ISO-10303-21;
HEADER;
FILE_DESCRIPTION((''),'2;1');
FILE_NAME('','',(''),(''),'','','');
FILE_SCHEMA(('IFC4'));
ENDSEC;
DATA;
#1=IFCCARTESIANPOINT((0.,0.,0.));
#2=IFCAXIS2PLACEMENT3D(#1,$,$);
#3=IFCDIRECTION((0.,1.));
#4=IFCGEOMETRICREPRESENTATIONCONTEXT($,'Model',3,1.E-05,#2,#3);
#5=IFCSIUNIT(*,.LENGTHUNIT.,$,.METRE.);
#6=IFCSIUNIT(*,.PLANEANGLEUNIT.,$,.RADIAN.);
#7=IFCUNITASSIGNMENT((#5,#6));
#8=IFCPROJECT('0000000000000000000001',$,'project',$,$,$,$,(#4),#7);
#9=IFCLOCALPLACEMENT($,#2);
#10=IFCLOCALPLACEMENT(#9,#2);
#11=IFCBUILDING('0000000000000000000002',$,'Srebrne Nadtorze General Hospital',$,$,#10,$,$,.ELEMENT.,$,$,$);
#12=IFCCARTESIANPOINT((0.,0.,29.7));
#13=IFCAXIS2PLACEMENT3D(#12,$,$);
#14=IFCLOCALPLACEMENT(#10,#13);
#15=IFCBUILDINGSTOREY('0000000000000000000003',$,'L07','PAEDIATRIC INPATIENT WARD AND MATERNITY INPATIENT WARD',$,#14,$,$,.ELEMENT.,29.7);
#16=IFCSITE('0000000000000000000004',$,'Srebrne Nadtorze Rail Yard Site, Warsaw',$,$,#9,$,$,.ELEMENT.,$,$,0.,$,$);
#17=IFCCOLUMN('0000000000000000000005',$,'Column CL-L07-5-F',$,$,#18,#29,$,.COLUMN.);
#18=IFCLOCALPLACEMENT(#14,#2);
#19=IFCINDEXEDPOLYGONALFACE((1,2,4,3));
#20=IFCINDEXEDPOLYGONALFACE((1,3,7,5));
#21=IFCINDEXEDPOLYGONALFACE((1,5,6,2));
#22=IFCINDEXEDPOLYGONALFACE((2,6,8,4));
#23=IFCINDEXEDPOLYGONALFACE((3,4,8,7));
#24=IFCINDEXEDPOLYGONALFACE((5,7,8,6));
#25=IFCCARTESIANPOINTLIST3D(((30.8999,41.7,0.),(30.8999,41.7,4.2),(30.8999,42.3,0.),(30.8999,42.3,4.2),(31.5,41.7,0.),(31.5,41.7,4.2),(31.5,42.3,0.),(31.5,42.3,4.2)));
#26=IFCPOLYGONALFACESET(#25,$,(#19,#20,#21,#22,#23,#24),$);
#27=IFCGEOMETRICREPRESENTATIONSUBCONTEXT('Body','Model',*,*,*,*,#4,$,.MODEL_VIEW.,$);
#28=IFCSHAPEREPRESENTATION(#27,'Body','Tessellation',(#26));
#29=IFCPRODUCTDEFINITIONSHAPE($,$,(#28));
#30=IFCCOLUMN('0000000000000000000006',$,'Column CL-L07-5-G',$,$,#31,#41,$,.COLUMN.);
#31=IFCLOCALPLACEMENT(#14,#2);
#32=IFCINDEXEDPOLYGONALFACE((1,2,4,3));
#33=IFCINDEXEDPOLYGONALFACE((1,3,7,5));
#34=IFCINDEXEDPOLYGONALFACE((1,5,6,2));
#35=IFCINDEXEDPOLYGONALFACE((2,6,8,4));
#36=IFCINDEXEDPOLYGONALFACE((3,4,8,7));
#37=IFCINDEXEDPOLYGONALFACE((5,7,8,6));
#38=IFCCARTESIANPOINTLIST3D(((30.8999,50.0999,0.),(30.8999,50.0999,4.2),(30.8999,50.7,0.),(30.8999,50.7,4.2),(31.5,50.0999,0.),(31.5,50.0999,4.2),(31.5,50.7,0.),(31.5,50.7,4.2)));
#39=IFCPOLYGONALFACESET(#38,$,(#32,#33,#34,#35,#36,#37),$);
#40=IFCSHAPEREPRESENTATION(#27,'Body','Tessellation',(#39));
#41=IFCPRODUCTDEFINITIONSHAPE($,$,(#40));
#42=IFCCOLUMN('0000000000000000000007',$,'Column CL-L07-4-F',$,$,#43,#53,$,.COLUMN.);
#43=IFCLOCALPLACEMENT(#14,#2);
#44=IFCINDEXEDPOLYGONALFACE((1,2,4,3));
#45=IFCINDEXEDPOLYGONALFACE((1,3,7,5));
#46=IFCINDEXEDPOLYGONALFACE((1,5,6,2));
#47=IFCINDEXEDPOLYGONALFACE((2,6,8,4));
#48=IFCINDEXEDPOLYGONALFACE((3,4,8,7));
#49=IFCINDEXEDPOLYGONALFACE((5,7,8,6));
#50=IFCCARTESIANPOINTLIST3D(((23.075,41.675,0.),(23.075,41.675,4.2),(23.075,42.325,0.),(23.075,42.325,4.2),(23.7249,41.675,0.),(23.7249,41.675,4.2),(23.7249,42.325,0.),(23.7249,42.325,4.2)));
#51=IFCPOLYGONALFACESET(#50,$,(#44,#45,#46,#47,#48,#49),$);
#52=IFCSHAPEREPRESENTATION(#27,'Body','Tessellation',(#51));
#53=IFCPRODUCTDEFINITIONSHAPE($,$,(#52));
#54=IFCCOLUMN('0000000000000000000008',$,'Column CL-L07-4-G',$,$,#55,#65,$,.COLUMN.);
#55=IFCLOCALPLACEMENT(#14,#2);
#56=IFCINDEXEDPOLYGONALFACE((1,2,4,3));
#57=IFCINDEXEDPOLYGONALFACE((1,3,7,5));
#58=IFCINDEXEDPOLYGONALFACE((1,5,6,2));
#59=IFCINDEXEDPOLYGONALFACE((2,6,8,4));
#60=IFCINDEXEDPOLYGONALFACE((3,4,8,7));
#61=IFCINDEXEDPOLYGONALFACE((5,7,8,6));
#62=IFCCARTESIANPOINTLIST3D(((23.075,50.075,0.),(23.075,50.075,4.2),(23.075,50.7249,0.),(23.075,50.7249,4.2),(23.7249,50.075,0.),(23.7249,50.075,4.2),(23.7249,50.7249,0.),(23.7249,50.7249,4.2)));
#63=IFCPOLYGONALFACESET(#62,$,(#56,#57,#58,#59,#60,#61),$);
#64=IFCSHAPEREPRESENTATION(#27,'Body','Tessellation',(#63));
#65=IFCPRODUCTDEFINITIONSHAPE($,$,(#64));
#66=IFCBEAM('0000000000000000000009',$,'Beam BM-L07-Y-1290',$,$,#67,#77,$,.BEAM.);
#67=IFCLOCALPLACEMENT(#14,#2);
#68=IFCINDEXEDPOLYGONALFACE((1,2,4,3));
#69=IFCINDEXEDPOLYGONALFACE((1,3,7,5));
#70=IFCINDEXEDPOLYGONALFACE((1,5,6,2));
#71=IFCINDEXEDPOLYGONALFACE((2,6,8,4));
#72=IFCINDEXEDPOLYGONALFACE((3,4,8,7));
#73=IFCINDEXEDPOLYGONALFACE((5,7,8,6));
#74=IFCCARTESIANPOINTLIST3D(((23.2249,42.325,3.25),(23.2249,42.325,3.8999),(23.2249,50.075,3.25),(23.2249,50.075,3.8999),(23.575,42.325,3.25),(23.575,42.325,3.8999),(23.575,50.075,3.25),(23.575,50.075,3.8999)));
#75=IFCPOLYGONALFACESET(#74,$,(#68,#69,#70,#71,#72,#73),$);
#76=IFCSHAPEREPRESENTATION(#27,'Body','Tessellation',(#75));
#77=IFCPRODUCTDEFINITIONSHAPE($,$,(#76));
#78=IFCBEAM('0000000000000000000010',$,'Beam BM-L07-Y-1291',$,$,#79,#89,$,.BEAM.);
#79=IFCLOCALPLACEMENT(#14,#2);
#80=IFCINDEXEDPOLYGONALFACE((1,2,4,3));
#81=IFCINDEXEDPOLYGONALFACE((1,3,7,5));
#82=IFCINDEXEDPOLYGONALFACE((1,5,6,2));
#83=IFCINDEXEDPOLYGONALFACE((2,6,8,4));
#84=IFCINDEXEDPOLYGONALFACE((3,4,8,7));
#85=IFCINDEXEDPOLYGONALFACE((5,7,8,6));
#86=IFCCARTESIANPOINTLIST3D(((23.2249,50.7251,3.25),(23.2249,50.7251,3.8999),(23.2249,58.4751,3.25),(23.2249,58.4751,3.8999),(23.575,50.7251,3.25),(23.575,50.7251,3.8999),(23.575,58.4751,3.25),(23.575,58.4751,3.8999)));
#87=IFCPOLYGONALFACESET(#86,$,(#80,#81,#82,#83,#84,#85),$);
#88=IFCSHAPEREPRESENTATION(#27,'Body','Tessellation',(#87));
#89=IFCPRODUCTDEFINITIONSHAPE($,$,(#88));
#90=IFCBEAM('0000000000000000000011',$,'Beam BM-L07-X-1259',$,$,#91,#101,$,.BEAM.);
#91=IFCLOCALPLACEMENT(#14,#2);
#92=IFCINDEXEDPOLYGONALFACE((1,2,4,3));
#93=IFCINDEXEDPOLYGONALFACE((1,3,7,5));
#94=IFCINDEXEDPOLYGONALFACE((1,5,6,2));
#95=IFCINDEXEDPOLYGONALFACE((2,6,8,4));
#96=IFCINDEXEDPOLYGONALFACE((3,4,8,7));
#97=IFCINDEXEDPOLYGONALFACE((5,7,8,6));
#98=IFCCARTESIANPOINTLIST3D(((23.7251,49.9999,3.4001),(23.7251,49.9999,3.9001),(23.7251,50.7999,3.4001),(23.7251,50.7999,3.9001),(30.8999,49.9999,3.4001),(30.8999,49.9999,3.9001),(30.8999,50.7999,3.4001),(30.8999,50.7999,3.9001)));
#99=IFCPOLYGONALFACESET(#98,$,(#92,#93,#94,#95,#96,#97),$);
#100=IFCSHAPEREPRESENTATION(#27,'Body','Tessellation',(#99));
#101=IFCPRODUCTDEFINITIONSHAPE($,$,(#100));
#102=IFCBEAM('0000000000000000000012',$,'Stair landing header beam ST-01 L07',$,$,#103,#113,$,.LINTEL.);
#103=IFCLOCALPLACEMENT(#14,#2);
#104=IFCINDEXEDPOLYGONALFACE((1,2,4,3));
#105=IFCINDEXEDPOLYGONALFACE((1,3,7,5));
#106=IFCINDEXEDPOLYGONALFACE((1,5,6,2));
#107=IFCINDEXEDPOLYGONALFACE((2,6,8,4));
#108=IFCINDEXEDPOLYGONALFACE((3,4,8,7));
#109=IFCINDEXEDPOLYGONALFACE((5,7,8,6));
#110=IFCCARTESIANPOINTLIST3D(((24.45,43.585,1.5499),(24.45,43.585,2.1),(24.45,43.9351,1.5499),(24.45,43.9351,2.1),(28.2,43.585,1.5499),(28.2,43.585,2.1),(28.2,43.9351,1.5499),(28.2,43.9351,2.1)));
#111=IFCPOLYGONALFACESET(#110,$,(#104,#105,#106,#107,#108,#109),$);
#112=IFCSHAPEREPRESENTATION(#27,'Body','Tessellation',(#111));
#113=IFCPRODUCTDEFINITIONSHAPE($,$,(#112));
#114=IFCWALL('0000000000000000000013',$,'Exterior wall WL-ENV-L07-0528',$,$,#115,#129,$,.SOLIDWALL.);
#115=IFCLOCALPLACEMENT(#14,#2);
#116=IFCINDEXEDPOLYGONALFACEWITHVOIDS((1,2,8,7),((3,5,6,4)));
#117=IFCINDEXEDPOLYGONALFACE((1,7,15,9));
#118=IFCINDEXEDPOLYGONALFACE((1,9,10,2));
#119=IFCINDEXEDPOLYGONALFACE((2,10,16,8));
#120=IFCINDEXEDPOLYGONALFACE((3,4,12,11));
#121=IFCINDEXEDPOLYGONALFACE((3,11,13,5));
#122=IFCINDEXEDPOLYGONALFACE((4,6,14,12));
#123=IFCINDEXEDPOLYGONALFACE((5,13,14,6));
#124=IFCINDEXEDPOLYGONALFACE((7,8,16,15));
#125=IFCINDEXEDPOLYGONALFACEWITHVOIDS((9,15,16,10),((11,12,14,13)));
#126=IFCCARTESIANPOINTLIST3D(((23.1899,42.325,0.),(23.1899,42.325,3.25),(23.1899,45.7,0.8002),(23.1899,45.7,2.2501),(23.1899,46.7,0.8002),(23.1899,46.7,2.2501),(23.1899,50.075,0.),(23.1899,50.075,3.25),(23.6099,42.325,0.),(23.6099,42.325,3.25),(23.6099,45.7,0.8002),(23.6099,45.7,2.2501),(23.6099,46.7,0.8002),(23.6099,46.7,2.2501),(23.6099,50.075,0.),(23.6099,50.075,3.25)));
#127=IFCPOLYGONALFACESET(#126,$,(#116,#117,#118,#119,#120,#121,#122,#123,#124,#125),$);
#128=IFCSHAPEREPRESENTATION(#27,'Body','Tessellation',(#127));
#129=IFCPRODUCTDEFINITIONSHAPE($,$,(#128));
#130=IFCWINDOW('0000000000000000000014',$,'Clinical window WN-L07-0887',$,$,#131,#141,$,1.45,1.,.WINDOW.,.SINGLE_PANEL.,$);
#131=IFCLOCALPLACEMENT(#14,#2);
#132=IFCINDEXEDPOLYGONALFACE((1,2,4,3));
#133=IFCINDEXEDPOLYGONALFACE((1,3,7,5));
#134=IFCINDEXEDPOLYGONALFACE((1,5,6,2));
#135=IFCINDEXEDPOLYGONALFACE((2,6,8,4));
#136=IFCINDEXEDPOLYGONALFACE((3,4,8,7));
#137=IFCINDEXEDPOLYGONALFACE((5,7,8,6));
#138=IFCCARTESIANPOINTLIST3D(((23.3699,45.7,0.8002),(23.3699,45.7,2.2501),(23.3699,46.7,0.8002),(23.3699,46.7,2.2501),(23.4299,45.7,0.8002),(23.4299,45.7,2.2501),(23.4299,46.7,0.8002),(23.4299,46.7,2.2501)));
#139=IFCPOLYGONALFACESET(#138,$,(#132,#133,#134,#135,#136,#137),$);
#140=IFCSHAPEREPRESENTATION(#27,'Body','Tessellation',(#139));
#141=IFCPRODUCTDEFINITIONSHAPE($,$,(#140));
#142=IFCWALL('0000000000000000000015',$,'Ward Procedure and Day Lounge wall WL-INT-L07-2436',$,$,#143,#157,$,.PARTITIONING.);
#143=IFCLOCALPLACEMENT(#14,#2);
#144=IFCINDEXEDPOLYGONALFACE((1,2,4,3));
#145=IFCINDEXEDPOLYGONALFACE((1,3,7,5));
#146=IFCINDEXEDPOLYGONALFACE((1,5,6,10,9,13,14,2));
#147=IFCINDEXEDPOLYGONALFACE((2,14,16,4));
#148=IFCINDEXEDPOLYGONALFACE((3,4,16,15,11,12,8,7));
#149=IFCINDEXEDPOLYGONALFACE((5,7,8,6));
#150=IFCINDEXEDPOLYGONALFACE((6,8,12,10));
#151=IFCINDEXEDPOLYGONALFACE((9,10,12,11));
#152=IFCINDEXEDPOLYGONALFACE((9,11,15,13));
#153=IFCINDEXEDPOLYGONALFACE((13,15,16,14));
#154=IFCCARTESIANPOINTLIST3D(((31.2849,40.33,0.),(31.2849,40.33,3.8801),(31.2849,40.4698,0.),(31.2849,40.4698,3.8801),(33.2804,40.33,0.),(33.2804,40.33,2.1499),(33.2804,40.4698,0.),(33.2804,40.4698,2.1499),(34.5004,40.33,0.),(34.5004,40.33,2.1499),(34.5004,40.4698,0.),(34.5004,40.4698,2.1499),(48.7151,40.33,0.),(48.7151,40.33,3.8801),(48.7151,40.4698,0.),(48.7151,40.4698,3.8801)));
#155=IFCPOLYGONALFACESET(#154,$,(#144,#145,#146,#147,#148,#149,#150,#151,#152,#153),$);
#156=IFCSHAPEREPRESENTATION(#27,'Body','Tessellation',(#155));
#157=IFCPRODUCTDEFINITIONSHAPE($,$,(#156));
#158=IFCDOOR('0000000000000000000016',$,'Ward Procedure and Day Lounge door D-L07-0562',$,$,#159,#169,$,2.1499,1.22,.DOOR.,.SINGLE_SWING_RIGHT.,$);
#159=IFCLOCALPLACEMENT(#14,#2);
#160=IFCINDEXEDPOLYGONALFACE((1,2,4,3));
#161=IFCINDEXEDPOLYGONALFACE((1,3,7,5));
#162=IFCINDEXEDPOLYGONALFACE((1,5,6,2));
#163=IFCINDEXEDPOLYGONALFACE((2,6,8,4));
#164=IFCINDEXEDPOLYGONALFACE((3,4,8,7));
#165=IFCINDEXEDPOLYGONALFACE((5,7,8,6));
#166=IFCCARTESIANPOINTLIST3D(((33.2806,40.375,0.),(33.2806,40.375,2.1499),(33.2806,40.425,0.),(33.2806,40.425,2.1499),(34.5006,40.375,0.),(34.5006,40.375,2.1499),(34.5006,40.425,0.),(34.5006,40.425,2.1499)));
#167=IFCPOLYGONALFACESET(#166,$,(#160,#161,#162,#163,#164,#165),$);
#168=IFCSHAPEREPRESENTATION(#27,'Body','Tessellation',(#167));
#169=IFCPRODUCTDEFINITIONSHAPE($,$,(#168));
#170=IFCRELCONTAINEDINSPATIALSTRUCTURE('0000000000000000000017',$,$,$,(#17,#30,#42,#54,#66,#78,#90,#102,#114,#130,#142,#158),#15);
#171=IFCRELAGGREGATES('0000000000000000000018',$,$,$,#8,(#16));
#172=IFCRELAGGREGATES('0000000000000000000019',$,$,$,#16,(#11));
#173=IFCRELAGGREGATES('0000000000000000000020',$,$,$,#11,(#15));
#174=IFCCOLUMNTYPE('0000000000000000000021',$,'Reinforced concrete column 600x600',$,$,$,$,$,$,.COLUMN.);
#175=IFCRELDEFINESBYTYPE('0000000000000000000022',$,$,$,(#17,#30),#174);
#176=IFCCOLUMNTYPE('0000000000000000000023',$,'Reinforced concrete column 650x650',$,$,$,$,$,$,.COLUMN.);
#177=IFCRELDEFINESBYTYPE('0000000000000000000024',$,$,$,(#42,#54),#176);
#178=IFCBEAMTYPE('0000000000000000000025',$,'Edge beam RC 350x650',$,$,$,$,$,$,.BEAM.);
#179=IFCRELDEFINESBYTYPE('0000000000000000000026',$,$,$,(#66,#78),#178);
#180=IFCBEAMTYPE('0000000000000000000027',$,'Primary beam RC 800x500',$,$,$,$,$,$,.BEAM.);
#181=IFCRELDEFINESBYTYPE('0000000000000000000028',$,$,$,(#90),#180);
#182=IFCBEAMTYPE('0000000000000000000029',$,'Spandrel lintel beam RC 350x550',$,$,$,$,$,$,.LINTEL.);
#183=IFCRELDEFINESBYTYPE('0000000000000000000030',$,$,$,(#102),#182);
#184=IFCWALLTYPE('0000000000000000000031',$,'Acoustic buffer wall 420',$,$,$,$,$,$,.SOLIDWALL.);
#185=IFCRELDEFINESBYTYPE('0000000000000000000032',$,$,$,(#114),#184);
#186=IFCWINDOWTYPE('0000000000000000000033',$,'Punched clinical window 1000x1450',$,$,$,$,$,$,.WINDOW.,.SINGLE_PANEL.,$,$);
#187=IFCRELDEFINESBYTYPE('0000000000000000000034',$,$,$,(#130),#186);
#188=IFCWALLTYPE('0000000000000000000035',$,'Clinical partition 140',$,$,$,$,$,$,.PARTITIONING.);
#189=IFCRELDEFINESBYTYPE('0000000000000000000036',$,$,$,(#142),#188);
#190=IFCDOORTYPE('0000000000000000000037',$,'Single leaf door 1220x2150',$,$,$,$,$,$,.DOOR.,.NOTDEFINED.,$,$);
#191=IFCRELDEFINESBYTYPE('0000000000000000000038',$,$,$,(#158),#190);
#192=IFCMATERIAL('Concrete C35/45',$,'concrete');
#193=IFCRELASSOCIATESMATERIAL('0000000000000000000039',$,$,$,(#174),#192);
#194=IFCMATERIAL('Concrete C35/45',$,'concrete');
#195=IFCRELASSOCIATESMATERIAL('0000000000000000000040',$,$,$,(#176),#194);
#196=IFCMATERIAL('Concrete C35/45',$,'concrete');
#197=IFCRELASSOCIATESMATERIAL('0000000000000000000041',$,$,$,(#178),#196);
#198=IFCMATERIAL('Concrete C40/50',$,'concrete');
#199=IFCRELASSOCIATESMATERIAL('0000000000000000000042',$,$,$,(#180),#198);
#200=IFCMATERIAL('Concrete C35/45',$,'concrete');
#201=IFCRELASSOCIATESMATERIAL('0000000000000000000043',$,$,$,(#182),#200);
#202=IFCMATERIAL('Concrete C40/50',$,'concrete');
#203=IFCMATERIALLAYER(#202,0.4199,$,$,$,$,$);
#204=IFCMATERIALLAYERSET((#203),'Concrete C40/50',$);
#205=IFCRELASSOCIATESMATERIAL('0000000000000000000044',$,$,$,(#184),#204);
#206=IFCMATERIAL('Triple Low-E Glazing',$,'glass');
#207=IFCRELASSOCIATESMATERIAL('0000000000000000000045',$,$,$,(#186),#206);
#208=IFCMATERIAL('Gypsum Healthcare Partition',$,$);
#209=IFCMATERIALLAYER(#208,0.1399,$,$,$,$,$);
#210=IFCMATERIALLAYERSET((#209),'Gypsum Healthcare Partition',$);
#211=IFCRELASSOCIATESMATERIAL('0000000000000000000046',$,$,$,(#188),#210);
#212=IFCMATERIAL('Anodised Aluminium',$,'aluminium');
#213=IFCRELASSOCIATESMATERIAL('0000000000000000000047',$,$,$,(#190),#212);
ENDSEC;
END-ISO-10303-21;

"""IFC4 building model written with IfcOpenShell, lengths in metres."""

from ifc_helpers import new_model, si_unit, direction, frame, frame_2d, origin, origin_2d, place, context, subcontext, project, spatial, rectangle, extrude, material, layer, layer_set, material_profile, profile_set, type_object, element, fill, save


model = new_model("IFC4")

# Units and contexts
model_context = context("Model", 3, precision=1e-05, world=origin(), true_north=direction((0.0, 1.0)))
body_context = subcontext(model_context, "Body", "Model", "MODEL_VIEW")
ifc_project = project(units=[si_unit("LENGTHUNIT", "METRE"), si_unit("PLANEANGLEUNIT", "RADIAN")], contexts=[model_context])

# Site, building, storey
site_placement = place(None, origin())
site = spatial("IfcSite", under=ifc_project, at=site_placement, Name="Srebrne Nadtorze Rail Yard Site, Warsaw", CompositionType="ELEMENT", RefElevation=0.0)
building_placement = place(site_placement, origin())
building = spatial("IfcBuilding", under=site, at=building_placement, Name="Srebrne Nadtorze General Hospital", CompositionType="ELEMENT")
storey_placement = place(building_placement, frame((0.0, 0.0, 29.7)))
storey = spatial("IfcBuildingStorey", under=building, at=storey_placement, Name="L07", Description="PAEDIATRIC INPATIENT WARD AND MATERNITY INPATIENT WARD", CompositionType="ELEMENT", Elevation=29.7)

# Columns
ifc_material_1 = material(Name="Concrete C35/45", Category="concrete")
ifc_material_profile_1 = material_profile(ifc_material_1, rectangle(XDim=0.6001, YDim=0.6001, at=origin_2d()), Name="RC-COL-600x600")
ifc_profile_set_1 = profile_set([ifc_material_profile_1], Name="Concrete C35/45")
column_type_1 = type_object("IfcColumnType", Name="Reinforced concrete column 600x600", PredefinedType="COLUMN", material=ifc_profile_set_1)
for number, where, z_axis, x_axis, name in (
    (1, (31.2, 42.0, 0.0), (0.0, 0.0, 1.0), (1.0, 0.0, 0.0), "Column CL-L07-5-F"),
    (2, (31.2, 50.3999, 0.0), (0.0, 0.0, 1.0), (1.0, 0.0, 0.0), "Column CL-L07-5-G"),
):
    element("IfcColumn", number, at=place(storey_placement, frame(where, z_axis=z_axis, x_axis=x_axis)), inside=storey, type_object=column_type_1, Name=name, PredefinedType="COLUMN", context=body_context, shape_type="SweptSolid", body=[
        extrude(rectangle(XDim=0.6001, YDim=0.6001, at=origin_2d()), origin(), (0.0, 0.0, 1.0), 4.2),
    ])
ifc_material_2 = material(Name="Concrete C35/45", Category="concrete")
ifc_material_profile_2 = material_profile(ifc_material_2, rectangle(XDim=0.6499, YDim=0.6499, at=origin_2d()), Name="RC-COL-650x650")
ifc_profile_set_2 = profile_set([ifc_material_profile_2], Name="Concrete C35/45")
column_type_2 = type_object("IfcColumnType", Name="Reinforced concrete column 650x650", PredefinedType="COLUMN", material=ifc_profile_set_2)
for number, where, z_axis, x_axis, name in (
    (3, (23.3999, 42.0, 0.0), (0.0, 0.0, 1.0), (1.0, 0.0, 0.0), "Column CL-L07-4-F"),
    (4, (23.3999, 50.3999, 0.0), (0.0, 0.0, 1.0), (1.0, 0.0, 0.0), "Column CL-L07-4-G"),
):
    element("IfcColumn", number, at=place(storey_placement, frame(where, z_axis=z_axis, x_axis=x_axis)), inside=storey, type_object=column_type_2, Name=name, PredefinedType="COLUMN", context=body_context, shape_type="SweptSolid", body=[
        extrude(rectangle(XDim=0.6499, YDim=0.6499, at=origin_2d()), origin(), (0.0, 0.0, 1.0), 4.2),
    ])

# Beams
ifc_material_3 = material(Name="Concrete C35/45", Category="concrete")
ifc_material_profile_3 = material_profile(ifc_material_3, rectangle(XDim=0.3501, YDim=0.6499, at=origin_2d()), Name="RC-BM-350x650")
ifc_profile_set_3 = profile_set([ifc_material_profile_3], Name="Concrete C35/45")
beam_type_1 = type_object("IfcBeamType", Name="Edge beam RC 350x650", PredefinedType="BEAM", material=ifc_profile_set_3)
for number, where, z_axis, x_axis, name in (
    (5, (23.3999, 42.325, 3.575), (0.0, 1.0, 0.0), (-1.0, 0.0, 0.0), "Beam BM-L07-Y-1290"),
    (6, (23.3999, 50.7251, 3.575), (0.0, 1.0, 0.0), (-1.0, 0.0, 0.0), "Beam BM-L07-Y-1291"),
):
    element("IfcBeam", number, at=place(storey_placement, frame(where, z_axis=z_axis, x_axis=x_axis)), inside=storey, type_object=beam_type_1, Name=name, PredefinedType="BEAM", context=body_context, shape_type="SweptSolid", body=[
        extrude(rectangle(XDim=0.3501, YDim=0.6499, at=origin_2d()), origin(), (0.0, 0.0, 1.0), 7.75),
    ])
ifc_material_4 = material(Name="Concrete C40/50", Category="concrete")
ifc_material_profile_4 = material_profile(ifc_material_4, rectangle(XDim=0.8, YDim=0.5, at=origin_2d()), Name="RC-BM-800x500")
ifc_profile_set_4 = profile_set([ifc_material_profile_4], Name="Concrete C40/50")
beam_type_2 = type_object("IfcBeamType", Name="Primary beam RC 800x500", PredefinedType="BEAM", material=ifc_profile_set_4)
beam_1_placement = place(storey_placement, frame((23.7251, 50.3999, 3.6501), z_axis=(1.0, 0.0, 0.0), x_axis=(0.0, 1.0, 0.0)))
element("IfcBeam", 7, at=beam_1_placement, inside=storey, type_object=beam_type_2, Name="Beam BM-L07-X-1259", PredefinedType="BEAM", context=body_context, shape_type="SweptSolid", body=[
    extrude(rectangle(XDim=0.8, YDim=0.5, at=origin_2d()), origin(), (0.0, 0.0, 1.0), 7.1748),
])
ifc_material_5 = material(Name="Concrete C35/45", Category="concrete")
ifc_material_profile_5 = material_profile(ifc_material_5, rectangle(XDim=0.3501, YDim=0.55, at=origin_2d()), Name="RC-BM-350x550")
ifc_profile_set_5 = profile_set([ifc_material_profile_5], Name="Concrete C35/45")
beam_type_3 = type_object("IfcBeamType", Name="Spandrel lintel beam RC 350x550", PredefinedType="LINTEL", material=ifc_profile_set_5)
beam_2_placement = place(storey_placement, frame((24.45, 43.76, 1.825), z_axis=(1.0, 0.0, 0.0), x_axis=(0.0, 1.0, 0.0)))
element("IfcBeam", 8, at=beam_2_placement, inside=storey, type_object=beam_type_3, Name="Stair landing header beam ST-01 L07", PredefinedType="LINTEL", context=body_context, shape_type="SweptSolid", body=[
    extrude(rectangle(XDim=0.3501, YDim=0.55, at=origin_2d()), origin(), (0.0, 0.0, 1.0), 3.75),
])

# Wall, opening, window
ifc_material_6 = material(Name="Concrete C40/50", Category="concrete")
ifc_layer_1 = layer(ifc_material_6, 0.4199)
ifc_layer_set_1 = layer_set([ifc_layer_1], Name="Concrete C40/50")
wall_type_1 = type_object("IfcWallType", Name="Acoustic buffer wall 420", PredefinedType="SOLIDWALL", material=ifc_layer_set_1)
wall_1_placement = place(storey_placement, frame((23.3999, 42.325, 0.0), z_axis=(0.0, 0.0, 1.0), x_axis=(0.0, 1.0, 0.0)))
wall_1 = element("IfcWall", 9, at=wall_1_placement, inside=storey, type_object=wall_type_1, Name="Exterior wall WL-ENV-L07-0528", PredefinedType="SOLIDWALL", context=body_context, shape_type="SweptSolid", body=[
    extrude(rectangle(XDim=7.75, YDim=0.4199, at=frame_2d((3.875, 0.0))), origin(), (0.0, 0.0, 1.0), 3.25),
])
opening_1_placement = place(wall_1_placement, frame((3.375, 0.0, 0.8)))
opening_1 = element("IfcOpeningElement", 10, at=opening_1_placement, cuts=wall_1, PredefinedType="OPENING", context=body_context, shape_type="SweptSolid", body=[
    extrude(rectangle(XDim=1.0, YDim=1.45, at=frame_2d((0.5, 0.7251))), frame((0.0, 0.2219, 0.0), z_axis=(0.0, -1.0, 0.0), x_axis=(1.0, 0.0, 0.0)), (0.0, 0.0, 1.0), 0.4438),
])
ifc_material_7 = material(Name="Triple Low-E Glazing", Category="glass")
window_type_1 = type_object("IfcWindowType", Name="Punched clinical window 1000x1450", PartitioningType="SINGLE_PANEL", PredefinedType="WINDOW", material=ifc_material_7)
window_1_placement = place(opening_1_placement, origin())
window_1 = element("IfcWindow", 11, at=window_1_placement, inside=storey, type_object=window_type_1, Name="Clinical window WN-L07-0887", OverallHeight=1.45, OverallWidth=1.0, PartitioningType="SINGLE_PANEL", PredefinedType="WINDOW", context=body_context, shape_type="SweptSolid", body=[
    extrude(rectangle(XDim=1.0, YDim=1.45, at=frame_2d((0.5, 0.7251))), frame((0.0, 0.03, 0.0), z_axis=(0.0, -1.0, 0.0), x_axis=(1.0, 0.0, 0.0)), (0.0, 0.0, 1.0), 0.0601),
])
fill(opening_1, window_1)

# Wall, opening, door
ifc_material_8 = material(Name="Gypsum Healthcare Partition")
ifc_layer_2 = layer(ifc_material_8, 0.1399)
ifc_layer_set_2 = layer_set([ifc_layer_2], Name="Gypsum Healthcare Partition")
wall_type_2 = type_object("IfcWallType", Name="Clinical partition 140", PredefinedType="PARTITIONING", material=ifc_layer_set_2)
wall_2_placement = place(storey_placement, frame((31.2849, 40.3999, 0.0), z_axis=(0.0, 0.0, 1.0), x_axis=(1.0, 0.0, 0.0)))
wall_2 = element("IfcWall", 12, at=wall_2_placement, inside=storey, type_object=wall_type_2, Name="Ward Procedure and Day Lounge wall WL-INT-L07-2436", PredefinedType="PARTITIONING", context=body_context, shape_type="SweptSolid", body=[
    extrude(rectangle(XDim=17.4302, YDim=0.1399, at=frame_2d((8.7151, 0.0))), origin(), (0.0, 0.0, 1.0), 3.8801),
])
opening_2_placement = place(wall_2_placement, frame((1.9956, 0.0, 0.0)))
opening_2 = element("IfcOpeningElement", 13, at=opening_2_placement, cuts=wall_2, PredefinedType="OPENING", context=body_context, shape_type="SweptSolid", body=[
    extrude(rectangle(XDim=1.22, YDim=2.1499, at=frame_2d((0.6099, 1.075))), frame((0.0, 0.082, 0.0), z_axis=(0.0, -1.0, 0.0), x_axis=(1.0, 0.0, 0.0)), (0.0, 0.0, 1.0), 0.1638),
])
ifc_material_9 = material(Name="Anodised Aluminium", Category="aluminium")
door_type_1 = type_object("IfcDoorType", Name="Single leaf door 1220x2150", OperationType="NOTDEFINED", PredefinedType="DOOR", material=ifc_material_9)
door_1_placement = place(opening_2_placement, frame((1.22, 0.0, 0.0), z_axis=(0.0, 0.0, 1.0), x_axis=(-1.0, 0.0, 0.0)))
door_1 = element("IfcDoor", 14, at=door_1_placement, inside=storey, type_object=door_type_1, Name="Ward Procedure and Day Lounge door D-L07-0562", OperationType="SINGLE_SWING_RIGHT", OverallHeight=2.1499, OverallWidth=1.22, PredefinedType="DOOR", context=body_context, shape_type="SweptSolid", body=[
    extrude(rectangle(XDim=1.22, YDim=2.1499, at=frame_2d((0.6099, 1.075))), frame((0.0, 0.0249, 0.0), z_axis=(0.0, -1.0, 0.0), x_axis=(1.0, 0.0, 0.0)), (0.0, 0.0, 1.0), 0.05),
])
fill(opening_2, door_1)

save(model, "model.ifc")
